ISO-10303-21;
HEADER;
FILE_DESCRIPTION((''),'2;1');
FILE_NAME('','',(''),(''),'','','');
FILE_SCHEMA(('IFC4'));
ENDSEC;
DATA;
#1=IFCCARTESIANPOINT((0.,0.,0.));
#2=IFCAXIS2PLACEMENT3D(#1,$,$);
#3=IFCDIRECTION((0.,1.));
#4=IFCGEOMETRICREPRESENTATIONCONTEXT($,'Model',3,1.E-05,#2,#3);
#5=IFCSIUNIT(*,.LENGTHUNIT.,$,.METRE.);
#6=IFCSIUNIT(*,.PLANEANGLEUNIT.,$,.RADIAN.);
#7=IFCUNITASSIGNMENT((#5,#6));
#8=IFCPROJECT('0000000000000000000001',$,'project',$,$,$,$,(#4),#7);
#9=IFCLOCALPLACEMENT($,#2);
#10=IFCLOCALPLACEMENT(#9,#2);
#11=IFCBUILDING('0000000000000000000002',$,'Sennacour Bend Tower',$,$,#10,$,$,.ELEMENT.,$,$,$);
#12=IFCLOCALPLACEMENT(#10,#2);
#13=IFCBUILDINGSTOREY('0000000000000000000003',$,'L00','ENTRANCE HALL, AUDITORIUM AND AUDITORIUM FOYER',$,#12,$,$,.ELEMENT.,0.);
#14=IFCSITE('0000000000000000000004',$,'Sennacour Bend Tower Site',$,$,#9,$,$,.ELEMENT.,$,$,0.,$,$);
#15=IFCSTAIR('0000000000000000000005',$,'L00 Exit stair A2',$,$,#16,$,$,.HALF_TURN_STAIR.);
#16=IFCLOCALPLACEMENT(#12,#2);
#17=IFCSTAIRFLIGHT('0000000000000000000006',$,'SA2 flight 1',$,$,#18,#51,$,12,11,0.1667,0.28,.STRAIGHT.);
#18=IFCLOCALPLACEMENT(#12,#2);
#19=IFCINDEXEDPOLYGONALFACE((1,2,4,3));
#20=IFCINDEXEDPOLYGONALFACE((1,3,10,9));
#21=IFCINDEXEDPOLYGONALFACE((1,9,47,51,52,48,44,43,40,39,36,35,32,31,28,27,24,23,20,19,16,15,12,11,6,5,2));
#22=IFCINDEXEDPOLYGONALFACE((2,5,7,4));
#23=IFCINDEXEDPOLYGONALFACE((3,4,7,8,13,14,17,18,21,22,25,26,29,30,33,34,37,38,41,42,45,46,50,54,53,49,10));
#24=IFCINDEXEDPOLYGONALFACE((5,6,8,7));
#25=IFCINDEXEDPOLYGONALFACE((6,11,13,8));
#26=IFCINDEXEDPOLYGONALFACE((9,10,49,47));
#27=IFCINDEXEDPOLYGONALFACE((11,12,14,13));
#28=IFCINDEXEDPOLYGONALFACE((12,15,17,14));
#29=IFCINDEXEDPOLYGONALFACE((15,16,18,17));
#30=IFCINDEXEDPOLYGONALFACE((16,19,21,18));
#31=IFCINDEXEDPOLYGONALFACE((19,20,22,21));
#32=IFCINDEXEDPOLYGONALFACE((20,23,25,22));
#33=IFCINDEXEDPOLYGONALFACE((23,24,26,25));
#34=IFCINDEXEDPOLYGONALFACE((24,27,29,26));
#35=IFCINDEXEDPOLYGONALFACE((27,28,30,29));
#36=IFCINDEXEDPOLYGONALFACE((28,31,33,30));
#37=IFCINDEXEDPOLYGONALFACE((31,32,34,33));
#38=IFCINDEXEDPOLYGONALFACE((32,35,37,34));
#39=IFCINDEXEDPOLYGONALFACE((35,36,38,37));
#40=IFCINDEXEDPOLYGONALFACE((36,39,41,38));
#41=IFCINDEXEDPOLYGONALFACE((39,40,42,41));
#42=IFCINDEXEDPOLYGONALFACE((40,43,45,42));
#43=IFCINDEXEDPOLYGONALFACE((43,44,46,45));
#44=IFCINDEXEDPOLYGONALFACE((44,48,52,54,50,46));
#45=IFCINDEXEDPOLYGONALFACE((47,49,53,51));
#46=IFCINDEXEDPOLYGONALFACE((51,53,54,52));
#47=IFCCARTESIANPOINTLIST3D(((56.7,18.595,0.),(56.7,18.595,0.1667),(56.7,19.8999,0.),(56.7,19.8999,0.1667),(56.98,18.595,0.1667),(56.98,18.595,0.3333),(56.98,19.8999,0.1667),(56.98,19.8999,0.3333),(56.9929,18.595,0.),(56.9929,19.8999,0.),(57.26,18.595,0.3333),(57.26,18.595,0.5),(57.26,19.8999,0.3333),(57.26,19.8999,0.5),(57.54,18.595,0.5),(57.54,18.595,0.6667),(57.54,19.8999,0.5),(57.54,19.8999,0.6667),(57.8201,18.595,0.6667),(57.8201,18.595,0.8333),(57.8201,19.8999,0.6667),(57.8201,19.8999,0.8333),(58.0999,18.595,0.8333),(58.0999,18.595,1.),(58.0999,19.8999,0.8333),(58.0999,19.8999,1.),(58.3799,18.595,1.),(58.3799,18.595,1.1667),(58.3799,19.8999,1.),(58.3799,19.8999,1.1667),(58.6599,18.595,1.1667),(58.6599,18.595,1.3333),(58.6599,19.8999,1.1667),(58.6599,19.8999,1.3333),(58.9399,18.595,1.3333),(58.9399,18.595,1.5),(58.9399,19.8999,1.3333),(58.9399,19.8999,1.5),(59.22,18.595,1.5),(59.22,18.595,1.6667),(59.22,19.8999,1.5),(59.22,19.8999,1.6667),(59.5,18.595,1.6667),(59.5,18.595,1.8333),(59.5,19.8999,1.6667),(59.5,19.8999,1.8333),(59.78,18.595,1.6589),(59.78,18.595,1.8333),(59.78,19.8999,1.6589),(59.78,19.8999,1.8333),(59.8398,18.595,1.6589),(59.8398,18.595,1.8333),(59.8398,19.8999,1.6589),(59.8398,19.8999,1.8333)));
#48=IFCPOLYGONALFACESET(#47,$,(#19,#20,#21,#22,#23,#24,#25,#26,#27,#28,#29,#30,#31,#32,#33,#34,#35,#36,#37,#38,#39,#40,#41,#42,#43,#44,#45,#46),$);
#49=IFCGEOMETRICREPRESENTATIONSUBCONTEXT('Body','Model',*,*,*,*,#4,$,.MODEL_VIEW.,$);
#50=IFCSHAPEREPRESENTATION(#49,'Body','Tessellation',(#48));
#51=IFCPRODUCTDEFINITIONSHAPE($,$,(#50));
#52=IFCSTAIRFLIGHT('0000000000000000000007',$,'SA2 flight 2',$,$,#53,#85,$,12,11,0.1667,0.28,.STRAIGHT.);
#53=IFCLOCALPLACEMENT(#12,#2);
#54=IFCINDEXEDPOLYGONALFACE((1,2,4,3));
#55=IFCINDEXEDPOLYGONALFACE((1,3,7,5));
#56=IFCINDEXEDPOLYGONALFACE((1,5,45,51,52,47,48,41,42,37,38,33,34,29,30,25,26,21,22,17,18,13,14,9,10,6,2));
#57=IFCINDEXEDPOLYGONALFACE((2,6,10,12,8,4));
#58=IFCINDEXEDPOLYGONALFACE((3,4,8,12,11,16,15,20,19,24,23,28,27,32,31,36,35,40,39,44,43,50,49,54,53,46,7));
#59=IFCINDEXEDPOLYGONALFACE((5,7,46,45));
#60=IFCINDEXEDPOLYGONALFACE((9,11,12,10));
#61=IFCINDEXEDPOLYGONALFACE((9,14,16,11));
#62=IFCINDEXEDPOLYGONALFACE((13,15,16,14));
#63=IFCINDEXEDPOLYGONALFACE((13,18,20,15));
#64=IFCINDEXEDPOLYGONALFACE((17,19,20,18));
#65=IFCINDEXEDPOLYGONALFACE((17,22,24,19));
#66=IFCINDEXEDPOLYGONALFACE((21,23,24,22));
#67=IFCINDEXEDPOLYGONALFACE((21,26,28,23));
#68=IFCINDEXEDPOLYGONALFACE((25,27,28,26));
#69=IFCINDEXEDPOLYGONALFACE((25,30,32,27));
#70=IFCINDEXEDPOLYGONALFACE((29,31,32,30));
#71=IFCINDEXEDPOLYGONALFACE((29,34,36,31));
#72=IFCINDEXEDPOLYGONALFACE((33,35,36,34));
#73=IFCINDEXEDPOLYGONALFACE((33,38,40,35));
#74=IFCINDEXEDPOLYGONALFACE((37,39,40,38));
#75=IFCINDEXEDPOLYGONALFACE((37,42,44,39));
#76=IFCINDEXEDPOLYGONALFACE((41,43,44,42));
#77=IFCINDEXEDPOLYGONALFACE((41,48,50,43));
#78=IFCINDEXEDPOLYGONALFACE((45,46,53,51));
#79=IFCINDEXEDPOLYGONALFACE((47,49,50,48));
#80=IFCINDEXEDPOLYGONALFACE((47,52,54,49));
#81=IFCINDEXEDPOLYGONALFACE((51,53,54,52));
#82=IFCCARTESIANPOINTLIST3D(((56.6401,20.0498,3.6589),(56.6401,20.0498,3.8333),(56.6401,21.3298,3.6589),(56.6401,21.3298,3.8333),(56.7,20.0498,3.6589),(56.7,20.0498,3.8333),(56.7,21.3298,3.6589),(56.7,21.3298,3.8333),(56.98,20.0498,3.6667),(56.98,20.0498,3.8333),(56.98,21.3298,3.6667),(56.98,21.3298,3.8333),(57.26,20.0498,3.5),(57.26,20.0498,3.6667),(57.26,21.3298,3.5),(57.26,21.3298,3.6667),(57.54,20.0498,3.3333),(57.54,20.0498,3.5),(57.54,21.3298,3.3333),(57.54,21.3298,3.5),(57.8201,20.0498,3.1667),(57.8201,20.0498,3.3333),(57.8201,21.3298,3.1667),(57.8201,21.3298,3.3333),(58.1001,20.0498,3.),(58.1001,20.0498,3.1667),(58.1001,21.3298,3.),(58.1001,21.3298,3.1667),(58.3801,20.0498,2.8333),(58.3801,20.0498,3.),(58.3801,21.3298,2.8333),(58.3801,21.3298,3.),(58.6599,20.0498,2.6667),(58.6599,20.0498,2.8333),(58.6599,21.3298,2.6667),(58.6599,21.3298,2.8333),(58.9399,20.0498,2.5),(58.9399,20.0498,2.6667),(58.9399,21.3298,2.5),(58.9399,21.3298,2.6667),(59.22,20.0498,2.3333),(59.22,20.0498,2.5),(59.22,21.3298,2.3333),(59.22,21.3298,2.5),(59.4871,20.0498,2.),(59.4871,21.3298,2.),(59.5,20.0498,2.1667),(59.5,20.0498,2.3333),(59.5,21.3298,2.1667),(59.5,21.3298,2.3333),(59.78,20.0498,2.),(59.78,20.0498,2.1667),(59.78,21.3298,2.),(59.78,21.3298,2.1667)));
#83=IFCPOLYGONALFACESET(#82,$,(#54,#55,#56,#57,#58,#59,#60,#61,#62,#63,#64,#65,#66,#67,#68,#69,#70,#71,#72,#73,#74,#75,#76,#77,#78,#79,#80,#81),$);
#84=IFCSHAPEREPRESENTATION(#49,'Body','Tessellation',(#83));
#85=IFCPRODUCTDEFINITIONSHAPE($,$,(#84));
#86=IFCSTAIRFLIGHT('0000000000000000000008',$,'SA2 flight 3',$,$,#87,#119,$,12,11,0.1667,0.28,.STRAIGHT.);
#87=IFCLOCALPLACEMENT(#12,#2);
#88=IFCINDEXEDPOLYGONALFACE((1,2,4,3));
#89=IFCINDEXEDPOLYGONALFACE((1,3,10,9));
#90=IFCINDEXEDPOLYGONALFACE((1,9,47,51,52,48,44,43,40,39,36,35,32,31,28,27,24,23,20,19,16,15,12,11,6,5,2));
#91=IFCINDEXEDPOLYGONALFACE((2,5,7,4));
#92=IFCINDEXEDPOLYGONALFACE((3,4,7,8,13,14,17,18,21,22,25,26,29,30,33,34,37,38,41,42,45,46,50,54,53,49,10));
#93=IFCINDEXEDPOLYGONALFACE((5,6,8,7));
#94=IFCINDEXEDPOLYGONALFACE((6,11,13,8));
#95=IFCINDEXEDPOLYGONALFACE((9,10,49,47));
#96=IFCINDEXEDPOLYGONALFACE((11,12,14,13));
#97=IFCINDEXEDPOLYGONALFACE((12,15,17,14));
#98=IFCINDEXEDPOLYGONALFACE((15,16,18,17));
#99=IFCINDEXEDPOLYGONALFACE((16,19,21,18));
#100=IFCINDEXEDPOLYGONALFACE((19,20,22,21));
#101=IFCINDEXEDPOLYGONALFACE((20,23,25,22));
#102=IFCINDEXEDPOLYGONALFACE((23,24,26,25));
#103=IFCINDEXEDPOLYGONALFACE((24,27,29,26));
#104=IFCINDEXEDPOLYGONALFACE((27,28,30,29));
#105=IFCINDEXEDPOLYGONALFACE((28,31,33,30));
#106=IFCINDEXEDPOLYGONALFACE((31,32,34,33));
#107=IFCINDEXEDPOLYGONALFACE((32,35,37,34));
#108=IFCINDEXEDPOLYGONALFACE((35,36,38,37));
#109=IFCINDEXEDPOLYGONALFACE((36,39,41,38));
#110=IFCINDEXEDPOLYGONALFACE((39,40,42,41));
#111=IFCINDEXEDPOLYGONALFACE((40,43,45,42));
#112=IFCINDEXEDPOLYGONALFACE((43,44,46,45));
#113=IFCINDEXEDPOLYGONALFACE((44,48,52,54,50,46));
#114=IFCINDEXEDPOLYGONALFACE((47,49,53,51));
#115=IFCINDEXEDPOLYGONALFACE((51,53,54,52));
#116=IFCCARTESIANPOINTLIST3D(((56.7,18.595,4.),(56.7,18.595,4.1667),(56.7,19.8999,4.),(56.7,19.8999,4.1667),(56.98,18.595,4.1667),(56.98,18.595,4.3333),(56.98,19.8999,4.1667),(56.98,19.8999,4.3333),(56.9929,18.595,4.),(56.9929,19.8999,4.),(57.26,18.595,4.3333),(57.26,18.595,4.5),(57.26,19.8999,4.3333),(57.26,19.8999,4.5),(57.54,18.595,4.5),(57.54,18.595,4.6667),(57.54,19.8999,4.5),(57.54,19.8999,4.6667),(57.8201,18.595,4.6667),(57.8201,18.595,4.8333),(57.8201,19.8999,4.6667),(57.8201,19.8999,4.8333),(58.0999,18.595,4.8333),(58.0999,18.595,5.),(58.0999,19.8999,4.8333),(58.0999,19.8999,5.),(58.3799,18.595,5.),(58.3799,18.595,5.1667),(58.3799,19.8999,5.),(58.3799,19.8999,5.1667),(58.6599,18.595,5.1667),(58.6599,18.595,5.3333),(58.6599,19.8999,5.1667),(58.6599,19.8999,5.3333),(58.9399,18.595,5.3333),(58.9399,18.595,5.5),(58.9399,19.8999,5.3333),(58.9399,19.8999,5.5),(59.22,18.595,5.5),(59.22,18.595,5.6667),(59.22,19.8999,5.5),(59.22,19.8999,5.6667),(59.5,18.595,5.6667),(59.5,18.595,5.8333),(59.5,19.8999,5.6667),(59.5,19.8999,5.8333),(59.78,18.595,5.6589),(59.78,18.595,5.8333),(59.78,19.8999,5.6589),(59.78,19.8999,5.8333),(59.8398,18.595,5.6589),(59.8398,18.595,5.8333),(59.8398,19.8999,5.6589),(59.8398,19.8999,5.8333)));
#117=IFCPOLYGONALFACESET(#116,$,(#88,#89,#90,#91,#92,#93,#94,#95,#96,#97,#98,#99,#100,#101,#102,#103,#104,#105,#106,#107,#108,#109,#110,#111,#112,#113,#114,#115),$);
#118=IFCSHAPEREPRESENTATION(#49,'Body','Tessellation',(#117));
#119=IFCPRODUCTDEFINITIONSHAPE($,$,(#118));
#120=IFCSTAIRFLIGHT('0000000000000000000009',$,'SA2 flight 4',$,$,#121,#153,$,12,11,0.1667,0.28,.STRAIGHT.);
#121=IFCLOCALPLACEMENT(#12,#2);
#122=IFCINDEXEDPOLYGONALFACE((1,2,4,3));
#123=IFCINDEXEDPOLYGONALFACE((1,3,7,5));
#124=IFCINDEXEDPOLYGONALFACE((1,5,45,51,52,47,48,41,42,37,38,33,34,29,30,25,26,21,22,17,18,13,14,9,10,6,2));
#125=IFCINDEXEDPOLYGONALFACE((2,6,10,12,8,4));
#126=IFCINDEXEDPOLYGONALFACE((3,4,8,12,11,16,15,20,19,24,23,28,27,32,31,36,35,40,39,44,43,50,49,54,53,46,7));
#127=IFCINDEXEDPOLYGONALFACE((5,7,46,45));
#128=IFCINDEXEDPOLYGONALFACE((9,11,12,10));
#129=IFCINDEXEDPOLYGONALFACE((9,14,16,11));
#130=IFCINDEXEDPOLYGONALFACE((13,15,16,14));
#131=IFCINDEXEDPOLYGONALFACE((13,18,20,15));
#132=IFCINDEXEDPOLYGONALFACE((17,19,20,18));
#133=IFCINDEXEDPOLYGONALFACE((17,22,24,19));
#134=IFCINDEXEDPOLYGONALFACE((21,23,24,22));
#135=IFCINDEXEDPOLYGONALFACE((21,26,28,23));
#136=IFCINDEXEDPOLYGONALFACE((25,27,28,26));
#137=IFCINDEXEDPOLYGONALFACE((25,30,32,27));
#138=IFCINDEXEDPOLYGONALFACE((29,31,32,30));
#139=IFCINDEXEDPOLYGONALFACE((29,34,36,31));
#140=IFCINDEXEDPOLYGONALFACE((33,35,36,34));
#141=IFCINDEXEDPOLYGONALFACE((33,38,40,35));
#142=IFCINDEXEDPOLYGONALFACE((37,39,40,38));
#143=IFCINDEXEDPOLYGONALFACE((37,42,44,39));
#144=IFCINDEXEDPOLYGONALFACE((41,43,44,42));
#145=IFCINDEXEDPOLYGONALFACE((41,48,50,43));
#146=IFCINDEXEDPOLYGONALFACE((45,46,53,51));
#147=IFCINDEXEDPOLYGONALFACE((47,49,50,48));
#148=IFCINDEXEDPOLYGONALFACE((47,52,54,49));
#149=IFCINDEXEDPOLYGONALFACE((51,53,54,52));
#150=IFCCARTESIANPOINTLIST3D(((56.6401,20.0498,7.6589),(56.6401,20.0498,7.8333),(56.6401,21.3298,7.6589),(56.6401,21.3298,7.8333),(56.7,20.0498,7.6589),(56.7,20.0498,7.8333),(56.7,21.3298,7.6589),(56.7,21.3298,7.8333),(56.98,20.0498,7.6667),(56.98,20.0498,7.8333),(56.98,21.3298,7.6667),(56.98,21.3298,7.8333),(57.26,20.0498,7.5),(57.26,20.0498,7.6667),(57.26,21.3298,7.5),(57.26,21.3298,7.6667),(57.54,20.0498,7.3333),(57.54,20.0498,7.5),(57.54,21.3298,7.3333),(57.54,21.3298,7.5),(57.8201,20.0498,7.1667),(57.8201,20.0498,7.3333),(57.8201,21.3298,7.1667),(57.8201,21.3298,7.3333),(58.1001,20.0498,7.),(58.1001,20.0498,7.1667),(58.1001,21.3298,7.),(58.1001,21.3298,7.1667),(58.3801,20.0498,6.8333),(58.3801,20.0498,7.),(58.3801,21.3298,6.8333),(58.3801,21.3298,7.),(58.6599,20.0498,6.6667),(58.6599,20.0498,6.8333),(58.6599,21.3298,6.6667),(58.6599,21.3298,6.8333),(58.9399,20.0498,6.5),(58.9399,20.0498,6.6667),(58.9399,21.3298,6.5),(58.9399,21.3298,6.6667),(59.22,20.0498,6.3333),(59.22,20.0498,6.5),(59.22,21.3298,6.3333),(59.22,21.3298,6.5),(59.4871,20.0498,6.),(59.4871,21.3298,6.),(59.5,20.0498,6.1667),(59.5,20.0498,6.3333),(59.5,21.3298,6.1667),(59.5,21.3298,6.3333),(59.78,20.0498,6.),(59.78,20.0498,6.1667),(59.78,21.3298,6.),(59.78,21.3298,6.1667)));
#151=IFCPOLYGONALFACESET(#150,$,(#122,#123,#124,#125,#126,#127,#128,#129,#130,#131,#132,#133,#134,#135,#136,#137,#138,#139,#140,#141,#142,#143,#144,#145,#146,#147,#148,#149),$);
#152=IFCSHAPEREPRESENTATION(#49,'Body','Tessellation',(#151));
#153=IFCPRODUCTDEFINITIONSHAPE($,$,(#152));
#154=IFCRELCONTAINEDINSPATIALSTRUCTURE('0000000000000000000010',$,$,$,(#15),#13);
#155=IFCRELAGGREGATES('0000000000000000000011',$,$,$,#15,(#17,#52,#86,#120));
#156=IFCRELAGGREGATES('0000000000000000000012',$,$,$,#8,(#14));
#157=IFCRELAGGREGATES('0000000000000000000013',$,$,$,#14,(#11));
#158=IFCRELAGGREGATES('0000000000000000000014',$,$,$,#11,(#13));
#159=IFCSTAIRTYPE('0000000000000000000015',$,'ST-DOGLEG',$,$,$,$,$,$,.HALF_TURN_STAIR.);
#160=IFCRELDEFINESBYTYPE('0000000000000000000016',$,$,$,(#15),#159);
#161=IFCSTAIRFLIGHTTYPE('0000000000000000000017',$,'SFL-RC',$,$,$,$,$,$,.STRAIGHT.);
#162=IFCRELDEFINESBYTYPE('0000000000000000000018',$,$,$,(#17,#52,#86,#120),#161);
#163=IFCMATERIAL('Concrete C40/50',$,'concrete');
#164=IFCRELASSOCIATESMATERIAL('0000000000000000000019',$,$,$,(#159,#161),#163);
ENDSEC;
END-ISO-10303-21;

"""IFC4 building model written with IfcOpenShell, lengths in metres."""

from ifc_helpers import new_model, si_unit, direction, frame, origin, place, context, subcontext, project, spatial, polyline, outline, extrude, material, type_object, element, aggregate, save


model = new_model("IFC4")

# Units and contexts
model_context = context("Model", 3, precision=1e-05, world=origin(), true_north=direction((0.0, 1.0)))
body_context = subcontext(model_context, "Body", "Model", "MODEL_VIEW")
ifc_project = project(units=[si_unit("LENGTHUNIT", "METRE"), si_unit("PLANEANGLEUNIT", "RADIAN")], contexts=[model_context])

# Site, building, storey
site_placement = place(None, origin())
site = spatial("IfcSite", under=ifc_project, at=site_placement, Name="Sennacour Bend Tower Site", CompositionType="ELEMENT", RefElevation=0.0)
building_placement = place(site_placement, origin())
building = spatial("IfcBuilding", under=site, at=building_placement, Name="Sennacour Bend Tower", CompositionType="ELEMENT")
storey_placement = place(building_placement, origin())
storey = spatial("IfcBuildingStorey", under=building, at=storey_placement, Name="L00", Description="ENTRANCE HALL, AUDITORIUM AND AUDITORIUM FOYER", CompositionType="ELEMENT", Elevation=0.0)

# Stair, stair flights
ifc_material_1 = material(Name="Concrete C40/50", Category="concrete")
stair_type = type_object("IfcStairType", Name="ST-DOGLEG", PredefinedType="HALF_TURN_STAIR", material=ifc_material_1)
stair_placement = place(storey_placement, origin())
stair = element("IfcStair", 1, at=stair_placement, inside=storey, type_object=stair_type, Name="L00 Exit stair A2", PredefinedType="HALF_TURN_STAIR")
stair_flight_type = type_object("IfcStairFlightType", Name="SFL-RC", PredefinedType="STRAIGHT", material=ifc_material_1)
stair_flight_1_placement = place(storey_placement, frame((56.7, 19.2476, 0.0), z_axis=(0.0, 0.0, 1.0), x_axis=(1.0, 0.0, 0.0)))
stair_flight_1 = element("IfcStairFlight", 2, at=stair_flight_1_placement, type_object=stair_flight_type, Name="SA2 flight 1", NumberOfRisers=12, NumberOfTreads=11, PredefinedType="STRAIGHT", RiserHeight=0.1667, TreadLength=0.28, context=body_context, shape_type="SweptSolid", body=[
    extrude(outline(polyline([(0.0, 0.0), (0.0, 0.1667), (0.28, 0.1667), (0.28, 0.3333), (0.5601, 0.3333), (0.5601, 0.5), (0.8401, 0.5), (0.8401, 0.6667), (1.1201, 0.6667), (1.1201, 0.8333), (1.3999, 0.8333), (1.3999, 1.0), (1.6799, 1.0), (1.6799, 1.1667), (1.96, 1.1667), (1.96, 1.3333), (2.24, 1.3333), (2.24, 1.5), (2.52, 1.5), (2.52, 1.6667), (2.8, 1.6667), (2.8, 1.8333), (3.0801, 1.8333), (3.1399, 1.8333), (3.1399, 1.6589), (3.0801, 1.6589), (0.293, 0.0), (0.0, 0.0)])), frame((0.0, 0.6523, 0.0), z_axis=(0.0, -1.0, 0.0), x_axis=(1.0, 0.0, 0.0)), (0.0, 0.0, 1.0), 1.3049),
])
stair_flight_2_placement = place(storey_placement, frame((59.78, 20.6899, 2.0), z_axis=(0.0, 0.0, 1.0), x_axis=(-1.0, 0.0, 0.0)))
stair_flight_2 = element("IfcStairFlight", 3, at=stair_flight_2_placement, type_object=stair_flight_type, Name="SA2 flight 2", NumberOfRisers=12, NumberOfTreads=11, PredefinedType="STRAIGHT", RiserHeight=0.1667, TreadLength=0.28, context=body_context, shape_type="SweptSolid", body=[
    extrude(outline(polyline([(0.0, 0.0), (0.0, 0.1667), (0.28, 0.1667), (0.28, 0.3333), (0.5601, 0.3333), (0.5601, 0.5), (0.8401, 0.5), (0.8401, 0.6667), (1.1201, 0.6667), (1.1201, 0.8333), (1.3999, 0.8333), (1.3999, 1.0), (1.6799, 1.0), (1.6799, 1.1667), (1.96, 1.1667), (1.96, 1.3333), (2.24, 1.3333), (2.24, 1.5), (2.52, 1.5), (2.52, 1.6667), (2.8, 1.6667), (2.8, 1.8333), (3.0801, 1.8333), (3.1399, 1.8333), (3.1399, 1.6589), (3.0801, 1.6589), (0.293, 0.0), (0.0, 0.0)])), frame((0.0, 0.6401, 0.0), z_axis=(0.0, -1.0, 0.0), x_axis=(1.0, 0.0, 0.0)), (0.0, 0.0, 1.0), 1.28),
])
stair_flight_3_placement = place(storey_placement, frame((56.7, 19.2476, 4.0), z_axis=(0.0, 0.0, 1.0), x_axis=(1.0, 0.0, 0.0)))
stair_flight_3 = element("IfcStairFlight", 4, at=stair_flight_3_placement, type_object=stair_flight_type, Name="SA2 flight 3", NumberOfRisers=12, NumberOfTreads=11, PredefinedType="STRAIGHT", RiserHeight=0.1667, TreadLength=0.28, context=body_context, shape_type="SweptSolid", body=[
    extrude(outline(polyline([(0.0, 0.0), (0.0, 0.1667), (0.28, 0.1667), (0.28, 0.3333), (0.5601, 0.3333), (0.5601, 0.5), (0.8401, 0.5), (0.8401, 0.6667), (1.1201, 0.6667), (1.1201, 0.8333), (1.3999, 0.8333), (1.3999, 1.0), (1.6799, 1.0), (1.6799, 1.1667), (1.96, 1.1667), (1.96, 1.3333), (2.24, 1.3333), (2.24, 1.5), (2.52, 1.5), (2.52, 1.6667), (2.8, 1.6667), (2.8, 1.8333), (3.0801, 1.8333), (3.1399, 1.8333), (3.1399, 1.6589), (3.0801, 1.6589), (0.293, 0.0), (0.0, 0.0)])), frame((0.0, 0.6523, 0.0), z_axis=(0.0, -1.0, 0.0), x_axis=(1.0, 0.0, 0.0)), (0.0, 0.0, 1.0), 1.3049),
])
stair_flight_4_placement = place(storey_placement, frame((59.78, 20.6899, 6.0), z_axis=(0.0, 0.0, 1.0), x_axis=(-1.0, 0.0, 0.0)))
stair_flight_4 = element("IfcStairFlight", 5, at=stair_flight_4_placement, type_object=stair_flight_type, Name="SA2 flight 4", NumberOfRisers=12, NumberOfTreads=11, PredefinedType="STRAIGHT", RiserHeight=0.1667, TreadLength=0.28, context=body_context, shape_type="SweptSolid", body=[
    extrude(outline(polyline([(0.0, 0.0), (0.0, 0.1667), (0.28, 0.1667), (0.28, 0.3333), (0.5601, 0.3333), (0.5601, 0.5), (0.8401, 0.5), (0.8401, 0.6667), (1.1201, 0.6667), (1.1201, 0.8333), (1.3999, 0.8333), (1.3999, 1.0), (1.6799, 1.0), (1.6799, 1.1667), (1.96, 1.1667), (1.96, 1.3333), (2.24, 1.3333), (2.24, 1.5), (2.52, 1.5), (2.52, 1.6667), (2.8, 1.6667), (2.8, 1.8333), (3.0801, 1.8333), (3.1399, 1.8333), (3.1399, 1.6589), (3.0801, 1.6589), (0.293, 0.0), (0.0, 0.0)])), frame((0.0, 0.6401, 0.0), z_axis=(0.0, -1.0, 0.0), x_axis=(1.0, 0.0, 0.0)), (0.0, 0.0, 1.0), 1.28),
])
aggregate(stair, [stair_flight_1, stair_flight_2, stair_flight_3, stair_flight_4])

save(model, "model.ifc")
